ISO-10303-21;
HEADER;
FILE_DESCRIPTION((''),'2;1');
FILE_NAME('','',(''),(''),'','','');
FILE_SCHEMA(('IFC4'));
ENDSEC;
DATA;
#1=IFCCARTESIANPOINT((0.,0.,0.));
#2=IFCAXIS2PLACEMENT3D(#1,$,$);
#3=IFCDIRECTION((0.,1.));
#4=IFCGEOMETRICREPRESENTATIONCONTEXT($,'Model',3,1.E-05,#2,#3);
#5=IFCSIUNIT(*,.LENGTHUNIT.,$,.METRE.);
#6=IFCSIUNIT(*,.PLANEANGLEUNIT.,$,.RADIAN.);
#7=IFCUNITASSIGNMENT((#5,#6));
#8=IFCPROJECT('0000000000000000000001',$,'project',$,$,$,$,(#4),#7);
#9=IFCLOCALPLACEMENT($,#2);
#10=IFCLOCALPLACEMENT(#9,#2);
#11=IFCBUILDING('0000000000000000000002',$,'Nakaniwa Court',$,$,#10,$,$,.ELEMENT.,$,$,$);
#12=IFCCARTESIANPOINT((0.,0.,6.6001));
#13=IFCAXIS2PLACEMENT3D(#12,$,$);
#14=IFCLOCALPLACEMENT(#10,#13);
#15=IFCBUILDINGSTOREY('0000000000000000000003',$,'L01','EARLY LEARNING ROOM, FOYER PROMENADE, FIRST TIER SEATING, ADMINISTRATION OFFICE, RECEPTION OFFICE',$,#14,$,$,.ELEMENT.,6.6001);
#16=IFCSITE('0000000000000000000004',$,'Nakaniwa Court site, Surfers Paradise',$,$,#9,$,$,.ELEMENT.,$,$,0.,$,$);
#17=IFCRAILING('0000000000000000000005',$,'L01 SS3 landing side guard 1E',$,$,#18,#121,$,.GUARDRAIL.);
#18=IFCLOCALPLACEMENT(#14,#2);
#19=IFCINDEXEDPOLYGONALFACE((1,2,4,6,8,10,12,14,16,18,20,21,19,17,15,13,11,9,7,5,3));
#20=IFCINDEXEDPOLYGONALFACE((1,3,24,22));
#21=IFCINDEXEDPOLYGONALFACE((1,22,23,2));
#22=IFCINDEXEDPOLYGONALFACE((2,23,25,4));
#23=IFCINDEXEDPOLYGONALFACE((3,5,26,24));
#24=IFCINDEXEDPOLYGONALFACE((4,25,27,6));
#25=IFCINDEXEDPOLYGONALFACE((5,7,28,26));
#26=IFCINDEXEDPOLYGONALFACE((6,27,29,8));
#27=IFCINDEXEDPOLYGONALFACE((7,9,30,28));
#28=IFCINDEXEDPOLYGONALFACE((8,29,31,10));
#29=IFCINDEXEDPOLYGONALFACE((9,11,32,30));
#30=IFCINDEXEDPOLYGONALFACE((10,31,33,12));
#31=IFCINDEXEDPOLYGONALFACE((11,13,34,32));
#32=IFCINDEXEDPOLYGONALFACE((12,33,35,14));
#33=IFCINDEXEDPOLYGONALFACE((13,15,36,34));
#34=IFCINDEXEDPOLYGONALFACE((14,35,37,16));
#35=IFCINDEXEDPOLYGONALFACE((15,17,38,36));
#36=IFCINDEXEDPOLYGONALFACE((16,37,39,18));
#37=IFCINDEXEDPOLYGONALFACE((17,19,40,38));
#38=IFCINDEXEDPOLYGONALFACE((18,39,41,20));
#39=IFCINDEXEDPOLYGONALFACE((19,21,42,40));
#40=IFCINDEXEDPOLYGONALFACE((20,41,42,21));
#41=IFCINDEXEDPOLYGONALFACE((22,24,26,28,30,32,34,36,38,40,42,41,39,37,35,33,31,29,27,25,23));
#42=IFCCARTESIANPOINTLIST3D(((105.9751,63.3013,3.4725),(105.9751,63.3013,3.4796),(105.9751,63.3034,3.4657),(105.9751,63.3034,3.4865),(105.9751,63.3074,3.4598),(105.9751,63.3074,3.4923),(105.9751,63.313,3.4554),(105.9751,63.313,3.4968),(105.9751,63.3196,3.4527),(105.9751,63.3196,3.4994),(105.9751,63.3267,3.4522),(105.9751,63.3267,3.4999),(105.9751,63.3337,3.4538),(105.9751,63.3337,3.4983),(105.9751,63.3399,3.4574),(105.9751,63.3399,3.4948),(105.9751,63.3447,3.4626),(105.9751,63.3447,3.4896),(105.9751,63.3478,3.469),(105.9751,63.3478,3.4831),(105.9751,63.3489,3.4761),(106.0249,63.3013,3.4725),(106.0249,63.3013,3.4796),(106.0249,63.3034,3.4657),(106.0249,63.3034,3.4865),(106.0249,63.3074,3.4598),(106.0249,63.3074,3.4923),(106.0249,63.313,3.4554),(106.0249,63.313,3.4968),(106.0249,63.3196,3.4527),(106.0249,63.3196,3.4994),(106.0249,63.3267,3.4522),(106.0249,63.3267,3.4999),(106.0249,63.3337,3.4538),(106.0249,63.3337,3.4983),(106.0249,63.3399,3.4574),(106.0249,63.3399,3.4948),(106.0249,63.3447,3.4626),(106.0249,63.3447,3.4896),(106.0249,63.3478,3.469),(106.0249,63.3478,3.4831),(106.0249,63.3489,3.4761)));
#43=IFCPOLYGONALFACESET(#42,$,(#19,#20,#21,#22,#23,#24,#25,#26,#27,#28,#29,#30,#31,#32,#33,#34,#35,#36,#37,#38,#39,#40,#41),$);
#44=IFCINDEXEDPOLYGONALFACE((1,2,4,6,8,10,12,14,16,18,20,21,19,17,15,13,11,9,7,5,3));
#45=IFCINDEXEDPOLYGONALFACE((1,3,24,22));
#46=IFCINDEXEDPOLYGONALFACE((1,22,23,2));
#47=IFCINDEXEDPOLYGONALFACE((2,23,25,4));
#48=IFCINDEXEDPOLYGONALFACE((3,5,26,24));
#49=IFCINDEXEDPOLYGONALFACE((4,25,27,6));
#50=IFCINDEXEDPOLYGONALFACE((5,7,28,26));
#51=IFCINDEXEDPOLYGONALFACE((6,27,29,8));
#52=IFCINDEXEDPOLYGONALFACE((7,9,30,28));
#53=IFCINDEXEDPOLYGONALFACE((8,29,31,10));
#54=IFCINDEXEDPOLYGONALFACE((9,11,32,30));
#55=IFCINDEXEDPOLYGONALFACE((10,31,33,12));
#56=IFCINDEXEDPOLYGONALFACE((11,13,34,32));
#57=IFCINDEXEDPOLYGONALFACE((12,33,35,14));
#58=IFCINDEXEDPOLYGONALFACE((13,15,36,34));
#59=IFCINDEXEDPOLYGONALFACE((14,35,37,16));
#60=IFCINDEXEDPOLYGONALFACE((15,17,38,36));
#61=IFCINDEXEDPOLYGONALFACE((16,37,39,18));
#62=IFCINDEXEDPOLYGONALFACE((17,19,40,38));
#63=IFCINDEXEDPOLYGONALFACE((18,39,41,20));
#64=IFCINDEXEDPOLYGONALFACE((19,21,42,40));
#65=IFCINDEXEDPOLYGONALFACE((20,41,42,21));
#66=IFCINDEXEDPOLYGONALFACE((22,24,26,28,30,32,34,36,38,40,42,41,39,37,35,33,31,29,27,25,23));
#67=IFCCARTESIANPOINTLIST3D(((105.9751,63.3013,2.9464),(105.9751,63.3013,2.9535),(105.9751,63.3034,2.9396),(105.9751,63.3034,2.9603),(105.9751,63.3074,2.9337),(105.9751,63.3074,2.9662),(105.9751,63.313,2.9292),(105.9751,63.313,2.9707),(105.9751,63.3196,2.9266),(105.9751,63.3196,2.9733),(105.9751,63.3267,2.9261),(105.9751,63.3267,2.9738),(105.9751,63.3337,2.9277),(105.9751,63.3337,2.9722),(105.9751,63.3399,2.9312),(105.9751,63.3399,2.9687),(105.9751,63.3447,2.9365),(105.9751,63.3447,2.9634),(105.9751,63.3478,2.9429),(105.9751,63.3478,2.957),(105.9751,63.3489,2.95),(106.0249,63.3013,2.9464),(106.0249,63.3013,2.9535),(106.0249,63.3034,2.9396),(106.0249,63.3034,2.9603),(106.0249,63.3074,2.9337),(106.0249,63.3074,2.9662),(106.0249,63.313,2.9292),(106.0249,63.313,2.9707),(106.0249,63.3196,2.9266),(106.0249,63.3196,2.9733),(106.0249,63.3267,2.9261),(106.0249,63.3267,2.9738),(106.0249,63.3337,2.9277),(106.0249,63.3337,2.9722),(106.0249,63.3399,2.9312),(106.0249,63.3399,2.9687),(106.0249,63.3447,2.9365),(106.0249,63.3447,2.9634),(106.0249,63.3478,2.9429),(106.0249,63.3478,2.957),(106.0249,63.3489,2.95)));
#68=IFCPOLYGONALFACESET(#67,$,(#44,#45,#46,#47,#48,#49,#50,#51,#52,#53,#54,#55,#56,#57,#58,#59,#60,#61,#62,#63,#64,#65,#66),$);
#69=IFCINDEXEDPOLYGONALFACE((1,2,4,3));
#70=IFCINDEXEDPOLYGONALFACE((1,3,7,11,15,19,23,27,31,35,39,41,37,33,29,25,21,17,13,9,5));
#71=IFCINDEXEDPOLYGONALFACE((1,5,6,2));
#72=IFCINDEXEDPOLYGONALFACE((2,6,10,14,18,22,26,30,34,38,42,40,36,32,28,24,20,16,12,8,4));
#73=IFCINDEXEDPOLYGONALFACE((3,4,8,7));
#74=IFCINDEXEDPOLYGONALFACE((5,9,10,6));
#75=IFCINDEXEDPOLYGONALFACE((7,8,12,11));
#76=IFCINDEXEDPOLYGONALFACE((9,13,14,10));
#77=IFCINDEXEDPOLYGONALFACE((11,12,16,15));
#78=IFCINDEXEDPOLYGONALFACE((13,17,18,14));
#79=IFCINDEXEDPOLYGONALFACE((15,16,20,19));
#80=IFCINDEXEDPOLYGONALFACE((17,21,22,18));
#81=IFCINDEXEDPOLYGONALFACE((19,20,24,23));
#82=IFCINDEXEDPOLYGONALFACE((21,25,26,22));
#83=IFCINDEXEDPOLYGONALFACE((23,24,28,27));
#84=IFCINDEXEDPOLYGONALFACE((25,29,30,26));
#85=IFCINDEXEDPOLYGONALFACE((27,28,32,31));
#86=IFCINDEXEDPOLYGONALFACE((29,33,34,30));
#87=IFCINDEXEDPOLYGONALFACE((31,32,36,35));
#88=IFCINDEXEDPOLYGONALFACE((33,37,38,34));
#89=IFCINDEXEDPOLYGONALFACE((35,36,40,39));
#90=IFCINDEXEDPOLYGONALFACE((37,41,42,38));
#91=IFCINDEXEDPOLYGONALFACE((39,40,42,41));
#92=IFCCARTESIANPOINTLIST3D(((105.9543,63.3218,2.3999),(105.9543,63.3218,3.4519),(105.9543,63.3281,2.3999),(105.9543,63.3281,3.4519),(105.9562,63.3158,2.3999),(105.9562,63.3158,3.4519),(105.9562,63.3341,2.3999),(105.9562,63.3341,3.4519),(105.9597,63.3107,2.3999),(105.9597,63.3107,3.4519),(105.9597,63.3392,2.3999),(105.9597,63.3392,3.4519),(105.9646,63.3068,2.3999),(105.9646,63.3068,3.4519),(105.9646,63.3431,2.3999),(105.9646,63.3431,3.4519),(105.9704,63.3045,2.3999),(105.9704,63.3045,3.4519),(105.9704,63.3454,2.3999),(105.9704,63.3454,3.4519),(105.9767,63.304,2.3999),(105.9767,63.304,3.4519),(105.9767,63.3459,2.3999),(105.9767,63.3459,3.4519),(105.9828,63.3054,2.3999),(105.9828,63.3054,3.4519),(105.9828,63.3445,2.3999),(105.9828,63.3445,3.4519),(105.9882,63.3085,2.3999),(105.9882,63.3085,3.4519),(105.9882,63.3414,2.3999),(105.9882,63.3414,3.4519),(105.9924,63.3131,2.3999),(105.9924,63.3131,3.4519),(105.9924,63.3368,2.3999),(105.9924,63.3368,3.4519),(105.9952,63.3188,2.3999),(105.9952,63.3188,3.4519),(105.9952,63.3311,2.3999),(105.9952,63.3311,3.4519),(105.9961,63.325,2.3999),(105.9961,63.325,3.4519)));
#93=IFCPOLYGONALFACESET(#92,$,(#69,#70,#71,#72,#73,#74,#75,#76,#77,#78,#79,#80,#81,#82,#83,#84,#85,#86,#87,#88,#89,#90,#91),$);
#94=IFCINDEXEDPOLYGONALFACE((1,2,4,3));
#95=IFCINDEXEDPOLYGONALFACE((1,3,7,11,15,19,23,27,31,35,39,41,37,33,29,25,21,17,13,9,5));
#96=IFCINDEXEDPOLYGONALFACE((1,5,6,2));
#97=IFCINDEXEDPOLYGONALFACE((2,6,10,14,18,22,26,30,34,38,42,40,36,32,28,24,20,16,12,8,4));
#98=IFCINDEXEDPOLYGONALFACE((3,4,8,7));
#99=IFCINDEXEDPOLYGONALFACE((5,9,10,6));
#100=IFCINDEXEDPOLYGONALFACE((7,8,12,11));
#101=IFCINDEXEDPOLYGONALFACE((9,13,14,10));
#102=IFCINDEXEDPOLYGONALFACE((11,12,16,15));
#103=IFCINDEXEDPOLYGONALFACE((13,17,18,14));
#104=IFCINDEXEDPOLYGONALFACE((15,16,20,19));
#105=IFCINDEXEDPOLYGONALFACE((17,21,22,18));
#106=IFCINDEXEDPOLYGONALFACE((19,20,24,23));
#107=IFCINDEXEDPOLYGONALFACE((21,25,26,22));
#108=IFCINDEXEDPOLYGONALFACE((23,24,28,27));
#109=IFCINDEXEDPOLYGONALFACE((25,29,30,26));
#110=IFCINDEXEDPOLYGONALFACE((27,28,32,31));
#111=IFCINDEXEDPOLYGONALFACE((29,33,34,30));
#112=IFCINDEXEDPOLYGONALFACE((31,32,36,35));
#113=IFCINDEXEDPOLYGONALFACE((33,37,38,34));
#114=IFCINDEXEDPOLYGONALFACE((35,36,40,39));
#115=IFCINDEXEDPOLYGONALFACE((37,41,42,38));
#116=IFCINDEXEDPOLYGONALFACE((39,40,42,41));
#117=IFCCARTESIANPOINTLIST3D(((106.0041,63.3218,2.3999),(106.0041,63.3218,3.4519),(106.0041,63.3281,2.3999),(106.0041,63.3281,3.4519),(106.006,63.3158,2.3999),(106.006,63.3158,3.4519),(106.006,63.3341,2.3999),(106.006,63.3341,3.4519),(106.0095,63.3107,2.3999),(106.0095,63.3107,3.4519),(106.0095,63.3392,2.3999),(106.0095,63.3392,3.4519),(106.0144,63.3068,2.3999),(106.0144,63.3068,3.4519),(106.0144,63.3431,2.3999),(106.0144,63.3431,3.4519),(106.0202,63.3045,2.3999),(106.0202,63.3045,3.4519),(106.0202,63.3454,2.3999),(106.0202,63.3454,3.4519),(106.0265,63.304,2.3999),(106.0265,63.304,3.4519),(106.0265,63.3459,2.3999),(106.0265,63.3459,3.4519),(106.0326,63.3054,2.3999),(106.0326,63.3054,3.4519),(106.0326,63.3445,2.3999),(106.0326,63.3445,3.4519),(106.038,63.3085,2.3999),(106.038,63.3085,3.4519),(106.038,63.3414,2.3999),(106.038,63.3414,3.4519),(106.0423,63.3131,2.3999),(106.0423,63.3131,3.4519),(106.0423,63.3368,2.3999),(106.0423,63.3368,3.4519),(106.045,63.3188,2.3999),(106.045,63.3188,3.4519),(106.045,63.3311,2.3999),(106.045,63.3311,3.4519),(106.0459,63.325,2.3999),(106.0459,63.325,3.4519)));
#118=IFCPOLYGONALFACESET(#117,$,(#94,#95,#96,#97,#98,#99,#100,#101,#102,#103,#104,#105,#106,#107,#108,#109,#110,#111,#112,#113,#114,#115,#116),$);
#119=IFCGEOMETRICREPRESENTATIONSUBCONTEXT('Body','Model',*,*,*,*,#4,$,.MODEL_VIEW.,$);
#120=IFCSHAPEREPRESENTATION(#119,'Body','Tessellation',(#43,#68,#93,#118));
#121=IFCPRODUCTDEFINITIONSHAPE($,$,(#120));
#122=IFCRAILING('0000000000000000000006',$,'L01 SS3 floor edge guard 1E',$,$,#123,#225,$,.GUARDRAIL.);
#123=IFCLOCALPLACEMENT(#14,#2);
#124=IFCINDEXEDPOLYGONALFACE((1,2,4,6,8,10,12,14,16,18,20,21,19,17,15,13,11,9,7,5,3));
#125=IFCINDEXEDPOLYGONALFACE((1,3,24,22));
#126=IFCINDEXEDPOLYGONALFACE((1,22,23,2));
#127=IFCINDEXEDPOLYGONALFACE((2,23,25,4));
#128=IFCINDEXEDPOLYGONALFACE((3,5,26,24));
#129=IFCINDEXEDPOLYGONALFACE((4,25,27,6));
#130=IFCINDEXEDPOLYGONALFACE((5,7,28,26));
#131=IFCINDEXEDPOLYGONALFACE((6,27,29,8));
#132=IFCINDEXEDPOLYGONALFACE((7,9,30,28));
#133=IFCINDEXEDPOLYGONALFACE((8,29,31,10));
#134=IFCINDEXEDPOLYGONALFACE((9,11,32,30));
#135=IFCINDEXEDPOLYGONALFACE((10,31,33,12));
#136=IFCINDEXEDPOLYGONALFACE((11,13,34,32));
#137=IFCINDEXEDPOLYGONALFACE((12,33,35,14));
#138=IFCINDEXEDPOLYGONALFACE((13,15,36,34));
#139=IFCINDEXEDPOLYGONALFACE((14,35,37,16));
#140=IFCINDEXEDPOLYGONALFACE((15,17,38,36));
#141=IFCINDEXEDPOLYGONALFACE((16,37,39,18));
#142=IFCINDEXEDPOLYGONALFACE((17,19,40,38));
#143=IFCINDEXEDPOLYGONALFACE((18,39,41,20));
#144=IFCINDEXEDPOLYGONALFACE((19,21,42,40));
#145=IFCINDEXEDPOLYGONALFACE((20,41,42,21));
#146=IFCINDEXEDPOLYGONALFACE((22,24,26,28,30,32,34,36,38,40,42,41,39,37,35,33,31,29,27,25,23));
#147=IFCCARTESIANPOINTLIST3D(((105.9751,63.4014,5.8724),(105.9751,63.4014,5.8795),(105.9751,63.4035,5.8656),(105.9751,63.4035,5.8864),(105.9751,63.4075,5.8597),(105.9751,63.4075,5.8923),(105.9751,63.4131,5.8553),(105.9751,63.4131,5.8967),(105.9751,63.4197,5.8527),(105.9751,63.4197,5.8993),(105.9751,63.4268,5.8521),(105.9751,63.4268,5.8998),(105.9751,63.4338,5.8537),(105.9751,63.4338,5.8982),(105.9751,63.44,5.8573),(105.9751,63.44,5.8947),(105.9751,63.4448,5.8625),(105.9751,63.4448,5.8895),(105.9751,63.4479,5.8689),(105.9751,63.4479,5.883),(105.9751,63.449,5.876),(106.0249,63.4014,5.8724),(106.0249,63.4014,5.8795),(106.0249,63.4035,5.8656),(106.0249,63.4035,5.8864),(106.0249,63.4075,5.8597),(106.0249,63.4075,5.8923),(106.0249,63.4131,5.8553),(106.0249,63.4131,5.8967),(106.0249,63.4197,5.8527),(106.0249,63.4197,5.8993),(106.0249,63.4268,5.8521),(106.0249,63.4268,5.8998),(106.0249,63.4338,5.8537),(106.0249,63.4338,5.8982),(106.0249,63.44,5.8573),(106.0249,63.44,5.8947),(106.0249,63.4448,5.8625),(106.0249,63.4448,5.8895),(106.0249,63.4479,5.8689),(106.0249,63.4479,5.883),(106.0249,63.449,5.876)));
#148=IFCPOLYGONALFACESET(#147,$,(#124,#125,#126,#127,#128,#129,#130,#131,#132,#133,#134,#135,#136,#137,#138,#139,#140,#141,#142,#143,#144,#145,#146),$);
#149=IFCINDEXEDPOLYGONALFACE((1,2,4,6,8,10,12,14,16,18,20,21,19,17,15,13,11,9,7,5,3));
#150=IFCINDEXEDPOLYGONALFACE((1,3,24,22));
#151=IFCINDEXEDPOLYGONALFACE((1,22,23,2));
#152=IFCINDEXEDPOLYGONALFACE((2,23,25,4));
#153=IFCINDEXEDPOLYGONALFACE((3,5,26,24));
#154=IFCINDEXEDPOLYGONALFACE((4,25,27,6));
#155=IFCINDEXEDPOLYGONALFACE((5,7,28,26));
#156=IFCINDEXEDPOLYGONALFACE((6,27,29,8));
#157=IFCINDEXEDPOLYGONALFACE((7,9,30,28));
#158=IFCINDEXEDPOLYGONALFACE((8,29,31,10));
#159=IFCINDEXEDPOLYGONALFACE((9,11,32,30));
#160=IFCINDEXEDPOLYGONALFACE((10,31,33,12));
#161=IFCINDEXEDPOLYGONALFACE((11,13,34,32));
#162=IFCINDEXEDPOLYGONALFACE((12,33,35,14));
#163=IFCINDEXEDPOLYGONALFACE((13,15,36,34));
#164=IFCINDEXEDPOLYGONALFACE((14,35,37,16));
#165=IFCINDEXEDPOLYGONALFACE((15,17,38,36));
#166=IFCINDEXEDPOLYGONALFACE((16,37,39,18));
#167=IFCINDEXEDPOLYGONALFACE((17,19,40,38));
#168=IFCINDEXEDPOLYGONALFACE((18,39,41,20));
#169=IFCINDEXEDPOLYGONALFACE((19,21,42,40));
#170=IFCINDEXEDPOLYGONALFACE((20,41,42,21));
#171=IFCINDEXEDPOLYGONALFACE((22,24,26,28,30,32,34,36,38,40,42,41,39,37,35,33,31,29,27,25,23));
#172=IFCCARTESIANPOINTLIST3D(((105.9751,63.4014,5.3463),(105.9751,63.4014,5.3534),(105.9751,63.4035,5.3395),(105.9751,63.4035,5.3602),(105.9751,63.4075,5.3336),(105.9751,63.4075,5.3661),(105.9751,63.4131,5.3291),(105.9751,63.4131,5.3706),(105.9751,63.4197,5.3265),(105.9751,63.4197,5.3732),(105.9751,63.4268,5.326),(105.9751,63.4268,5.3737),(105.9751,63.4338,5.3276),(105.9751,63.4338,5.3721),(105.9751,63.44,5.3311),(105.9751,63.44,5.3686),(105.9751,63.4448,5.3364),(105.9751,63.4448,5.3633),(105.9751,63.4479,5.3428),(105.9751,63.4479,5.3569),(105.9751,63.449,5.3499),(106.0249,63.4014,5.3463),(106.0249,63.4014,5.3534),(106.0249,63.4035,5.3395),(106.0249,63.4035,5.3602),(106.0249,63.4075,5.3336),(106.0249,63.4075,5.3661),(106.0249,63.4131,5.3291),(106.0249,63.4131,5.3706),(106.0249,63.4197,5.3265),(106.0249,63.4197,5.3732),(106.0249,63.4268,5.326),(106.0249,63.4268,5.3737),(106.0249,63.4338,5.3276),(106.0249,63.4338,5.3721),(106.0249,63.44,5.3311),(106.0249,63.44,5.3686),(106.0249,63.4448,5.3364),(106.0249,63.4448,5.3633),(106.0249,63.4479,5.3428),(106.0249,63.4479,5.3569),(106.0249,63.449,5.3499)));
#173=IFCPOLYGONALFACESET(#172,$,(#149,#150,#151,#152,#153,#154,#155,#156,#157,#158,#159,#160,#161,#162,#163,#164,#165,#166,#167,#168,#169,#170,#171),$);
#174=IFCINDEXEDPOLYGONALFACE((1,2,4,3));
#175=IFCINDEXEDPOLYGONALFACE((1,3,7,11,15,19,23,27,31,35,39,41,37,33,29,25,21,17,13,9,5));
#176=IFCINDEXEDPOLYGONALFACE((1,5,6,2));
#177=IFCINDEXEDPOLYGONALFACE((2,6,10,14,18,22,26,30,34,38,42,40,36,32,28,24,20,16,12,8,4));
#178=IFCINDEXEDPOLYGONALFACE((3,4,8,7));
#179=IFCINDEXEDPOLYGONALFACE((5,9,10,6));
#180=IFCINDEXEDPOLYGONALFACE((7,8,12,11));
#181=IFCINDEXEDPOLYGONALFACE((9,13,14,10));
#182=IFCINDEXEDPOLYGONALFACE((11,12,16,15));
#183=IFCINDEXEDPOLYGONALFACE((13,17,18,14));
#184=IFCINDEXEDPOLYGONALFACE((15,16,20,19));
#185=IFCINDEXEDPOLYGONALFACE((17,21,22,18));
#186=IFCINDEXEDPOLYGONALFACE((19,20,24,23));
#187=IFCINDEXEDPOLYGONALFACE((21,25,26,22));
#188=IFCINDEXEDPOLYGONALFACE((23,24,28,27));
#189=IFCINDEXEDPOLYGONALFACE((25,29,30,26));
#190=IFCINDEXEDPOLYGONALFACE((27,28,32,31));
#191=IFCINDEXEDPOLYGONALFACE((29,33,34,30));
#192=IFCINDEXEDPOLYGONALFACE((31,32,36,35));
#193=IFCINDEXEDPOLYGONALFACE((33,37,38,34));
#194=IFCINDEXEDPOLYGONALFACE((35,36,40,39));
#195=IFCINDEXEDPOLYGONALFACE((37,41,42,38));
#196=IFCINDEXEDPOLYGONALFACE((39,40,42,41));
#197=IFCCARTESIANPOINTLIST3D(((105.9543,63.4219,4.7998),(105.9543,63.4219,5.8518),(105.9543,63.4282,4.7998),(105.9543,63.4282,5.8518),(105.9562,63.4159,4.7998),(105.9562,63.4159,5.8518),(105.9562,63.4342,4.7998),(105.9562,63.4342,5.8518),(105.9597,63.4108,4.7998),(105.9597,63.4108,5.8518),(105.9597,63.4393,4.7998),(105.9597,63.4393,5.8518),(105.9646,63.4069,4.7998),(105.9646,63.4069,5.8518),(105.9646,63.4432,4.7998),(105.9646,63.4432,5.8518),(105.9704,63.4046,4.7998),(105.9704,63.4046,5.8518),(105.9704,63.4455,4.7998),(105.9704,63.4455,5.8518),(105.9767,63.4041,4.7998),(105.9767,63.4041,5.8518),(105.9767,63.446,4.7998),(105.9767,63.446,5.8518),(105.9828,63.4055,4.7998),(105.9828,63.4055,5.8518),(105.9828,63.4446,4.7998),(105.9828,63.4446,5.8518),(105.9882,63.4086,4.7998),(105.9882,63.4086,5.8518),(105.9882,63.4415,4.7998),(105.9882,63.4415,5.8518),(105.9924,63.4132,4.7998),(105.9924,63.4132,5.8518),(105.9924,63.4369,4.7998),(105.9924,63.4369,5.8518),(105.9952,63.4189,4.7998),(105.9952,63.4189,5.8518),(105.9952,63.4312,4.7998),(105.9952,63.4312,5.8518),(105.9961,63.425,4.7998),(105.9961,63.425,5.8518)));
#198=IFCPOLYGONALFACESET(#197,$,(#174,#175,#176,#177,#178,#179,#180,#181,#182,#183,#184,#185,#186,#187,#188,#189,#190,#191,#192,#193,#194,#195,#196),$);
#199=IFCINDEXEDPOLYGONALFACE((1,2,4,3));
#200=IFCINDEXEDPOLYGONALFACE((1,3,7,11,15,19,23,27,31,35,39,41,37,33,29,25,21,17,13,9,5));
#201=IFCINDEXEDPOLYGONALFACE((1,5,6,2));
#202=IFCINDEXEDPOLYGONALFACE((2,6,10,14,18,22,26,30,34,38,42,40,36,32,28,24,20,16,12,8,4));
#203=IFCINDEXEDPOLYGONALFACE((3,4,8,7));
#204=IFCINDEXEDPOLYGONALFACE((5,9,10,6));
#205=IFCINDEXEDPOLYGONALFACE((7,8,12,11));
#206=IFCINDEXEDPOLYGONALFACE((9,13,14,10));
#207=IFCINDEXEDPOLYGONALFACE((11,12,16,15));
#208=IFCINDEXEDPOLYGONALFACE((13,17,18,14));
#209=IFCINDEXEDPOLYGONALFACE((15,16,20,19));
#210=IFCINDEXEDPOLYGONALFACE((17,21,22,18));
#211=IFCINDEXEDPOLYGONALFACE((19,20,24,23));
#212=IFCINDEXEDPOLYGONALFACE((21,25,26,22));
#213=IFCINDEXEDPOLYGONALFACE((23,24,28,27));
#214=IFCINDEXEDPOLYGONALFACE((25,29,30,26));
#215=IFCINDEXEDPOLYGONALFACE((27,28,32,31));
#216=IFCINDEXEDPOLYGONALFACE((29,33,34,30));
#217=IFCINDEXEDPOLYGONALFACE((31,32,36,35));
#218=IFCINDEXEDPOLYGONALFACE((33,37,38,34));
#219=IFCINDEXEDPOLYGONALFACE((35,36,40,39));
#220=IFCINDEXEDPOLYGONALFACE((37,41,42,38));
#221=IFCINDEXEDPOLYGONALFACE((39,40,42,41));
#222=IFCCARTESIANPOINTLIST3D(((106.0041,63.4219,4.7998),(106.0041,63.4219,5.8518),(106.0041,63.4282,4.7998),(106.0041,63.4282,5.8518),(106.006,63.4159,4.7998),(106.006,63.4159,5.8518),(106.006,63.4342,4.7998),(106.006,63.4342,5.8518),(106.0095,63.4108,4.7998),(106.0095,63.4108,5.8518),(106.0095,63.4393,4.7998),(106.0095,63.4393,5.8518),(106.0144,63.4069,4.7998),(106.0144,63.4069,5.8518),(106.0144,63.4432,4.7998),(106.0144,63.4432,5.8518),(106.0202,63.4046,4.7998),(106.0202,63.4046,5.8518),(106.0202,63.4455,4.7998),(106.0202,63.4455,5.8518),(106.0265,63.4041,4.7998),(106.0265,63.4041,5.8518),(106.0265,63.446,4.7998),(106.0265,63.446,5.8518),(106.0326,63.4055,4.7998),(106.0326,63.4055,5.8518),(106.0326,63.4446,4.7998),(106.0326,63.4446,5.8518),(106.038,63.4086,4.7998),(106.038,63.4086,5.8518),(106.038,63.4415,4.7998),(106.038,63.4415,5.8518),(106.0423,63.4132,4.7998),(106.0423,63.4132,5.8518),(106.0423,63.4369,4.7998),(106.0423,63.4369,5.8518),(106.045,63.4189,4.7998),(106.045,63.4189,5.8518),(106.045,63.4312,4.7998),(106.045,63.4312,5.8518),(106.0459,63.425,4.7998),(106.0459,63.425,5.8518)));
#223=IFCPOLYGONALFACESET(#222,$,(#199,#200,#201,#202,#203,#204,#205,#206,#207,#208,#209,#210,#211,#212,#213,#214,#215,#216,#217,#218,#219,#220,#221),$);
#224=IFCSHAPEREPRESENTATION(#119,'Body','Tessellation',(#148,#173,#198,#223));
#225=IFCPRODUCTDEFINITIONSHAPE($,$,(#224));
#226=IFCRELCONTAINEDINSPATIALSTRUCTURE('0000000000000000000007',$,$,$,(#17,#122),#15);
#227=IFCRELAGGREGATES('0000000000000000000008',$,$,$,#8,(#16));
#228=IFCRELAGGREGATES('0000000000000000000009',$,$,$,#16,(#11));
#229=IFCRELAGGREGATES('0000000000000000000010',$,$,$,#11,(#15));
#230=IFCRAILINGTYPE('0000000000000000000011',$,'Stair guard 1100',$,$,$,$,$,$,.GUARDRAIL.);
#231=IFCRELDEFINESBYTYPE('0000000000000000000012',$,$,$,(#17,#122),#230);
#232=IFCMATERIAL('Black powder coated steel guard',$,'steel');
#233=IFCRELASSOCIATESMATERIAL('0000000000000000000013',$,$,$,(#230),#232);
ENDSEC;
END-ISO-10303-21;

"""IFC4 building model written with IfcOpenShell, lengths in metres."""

from ifc_helpers import new_model, si_unit, direction, frame, origin, origin_2d, place, context, subcontext, project, spatial, circle, extrude, material, type_object, element, save


model = new_model("IFC4")

# Units and contexts
model_context = context("Model", 3, precision=1e-05, world=origin(), true_north=direction((0.0, 1.0)))
body_context = subcontext(model_context, "Body", "Model", "MODEL_VIEW")
ifc_project = project(units=[si_unit("LENGTHUNIT", "METRE"), si_unit("PLANEANGLEUNIT", "RADIAN")], contexts=[model_context])

# Site, building, storey
site_placement = place(None, origin())
site = spatial("IfcSite", under=ifc_project, at=site_placement, Name="Nakaniwa Court site, Surfers Paradise", CompositionType="ELEMENT", RefElevation=0.0)
building_placement = place(site_placement, origin())
building = spatial("IfcBuilding", under=site, at=building_placement, Name="Nakaniwa Court", CompositionType="ELEMENT")
storey_placement = place(building_placement, frame((0.0, 0.0, 6.6001)))
storey = spatial("IfcBuildingStorey", under=building, at=storey_placement, Name="L01", Description="EARLY LEARNING ROOM, FOYER PROMENADE, FIRST TIER SEATING, ADMINISTRATION OFFICE, RECEPTION OFFICE", CompositionType="ELEMENT", Elevation=6.6001)

# Railings
ifc_material_1 = material(Name="Black powder coated steel guard", Category="steel")
railing_type_1 = type_object("IfcRailingType", Name="Stair guard 1100", PredefinedType="GUARDRAIL", material=ifc_material_1)
for number, where, name in (
    (1, (105.9751, 63.325, 2.3999), "L01 SS3 landing side guard 1E"),
    (2, (105.9751, 63.425, 4.7998), "L01 SS3 floor edge guard 1E"),
):
    element("IfcRailing", number, at=place(storey_placement, frame(where)), inside=storey, type_object=railing_type_1, Name=name, PredefinedType="GUARDRAIL", context=body_context, shape_type="SweptSolid", body=[
        extrude(circle(Radius=0.0239, at=origin_2d()), frame((0.0, 0.0, 1.0762), z_axis=(1.0, 0.0, 0.0), x_axis=(0.0, 1.0, 0.0)), (0.0, 0.0, 1.0), 0.0498),
        extrude(circle(Radius=0.0239, at=origin_2d()), frame((0.0, 0.0, 0.55), z_axis=(1.0, 0.0, 0.0), x_axis=(0.0, 1.0, 0.0)), (0.0, 0.0, 1.0), 0.0498),
        extrude(circle(Radius=0.021, at=origin_2d()), origin(), (0.0, 0.0, 1.0), 1.052),
        extrude(circle(Radius=0.021, at=origin_2d()), frame((0.0498, 0.0, 0.0)), (0.0, 0.0, 1.0), 1.052),
    ])

save(model, "model.ifc")
